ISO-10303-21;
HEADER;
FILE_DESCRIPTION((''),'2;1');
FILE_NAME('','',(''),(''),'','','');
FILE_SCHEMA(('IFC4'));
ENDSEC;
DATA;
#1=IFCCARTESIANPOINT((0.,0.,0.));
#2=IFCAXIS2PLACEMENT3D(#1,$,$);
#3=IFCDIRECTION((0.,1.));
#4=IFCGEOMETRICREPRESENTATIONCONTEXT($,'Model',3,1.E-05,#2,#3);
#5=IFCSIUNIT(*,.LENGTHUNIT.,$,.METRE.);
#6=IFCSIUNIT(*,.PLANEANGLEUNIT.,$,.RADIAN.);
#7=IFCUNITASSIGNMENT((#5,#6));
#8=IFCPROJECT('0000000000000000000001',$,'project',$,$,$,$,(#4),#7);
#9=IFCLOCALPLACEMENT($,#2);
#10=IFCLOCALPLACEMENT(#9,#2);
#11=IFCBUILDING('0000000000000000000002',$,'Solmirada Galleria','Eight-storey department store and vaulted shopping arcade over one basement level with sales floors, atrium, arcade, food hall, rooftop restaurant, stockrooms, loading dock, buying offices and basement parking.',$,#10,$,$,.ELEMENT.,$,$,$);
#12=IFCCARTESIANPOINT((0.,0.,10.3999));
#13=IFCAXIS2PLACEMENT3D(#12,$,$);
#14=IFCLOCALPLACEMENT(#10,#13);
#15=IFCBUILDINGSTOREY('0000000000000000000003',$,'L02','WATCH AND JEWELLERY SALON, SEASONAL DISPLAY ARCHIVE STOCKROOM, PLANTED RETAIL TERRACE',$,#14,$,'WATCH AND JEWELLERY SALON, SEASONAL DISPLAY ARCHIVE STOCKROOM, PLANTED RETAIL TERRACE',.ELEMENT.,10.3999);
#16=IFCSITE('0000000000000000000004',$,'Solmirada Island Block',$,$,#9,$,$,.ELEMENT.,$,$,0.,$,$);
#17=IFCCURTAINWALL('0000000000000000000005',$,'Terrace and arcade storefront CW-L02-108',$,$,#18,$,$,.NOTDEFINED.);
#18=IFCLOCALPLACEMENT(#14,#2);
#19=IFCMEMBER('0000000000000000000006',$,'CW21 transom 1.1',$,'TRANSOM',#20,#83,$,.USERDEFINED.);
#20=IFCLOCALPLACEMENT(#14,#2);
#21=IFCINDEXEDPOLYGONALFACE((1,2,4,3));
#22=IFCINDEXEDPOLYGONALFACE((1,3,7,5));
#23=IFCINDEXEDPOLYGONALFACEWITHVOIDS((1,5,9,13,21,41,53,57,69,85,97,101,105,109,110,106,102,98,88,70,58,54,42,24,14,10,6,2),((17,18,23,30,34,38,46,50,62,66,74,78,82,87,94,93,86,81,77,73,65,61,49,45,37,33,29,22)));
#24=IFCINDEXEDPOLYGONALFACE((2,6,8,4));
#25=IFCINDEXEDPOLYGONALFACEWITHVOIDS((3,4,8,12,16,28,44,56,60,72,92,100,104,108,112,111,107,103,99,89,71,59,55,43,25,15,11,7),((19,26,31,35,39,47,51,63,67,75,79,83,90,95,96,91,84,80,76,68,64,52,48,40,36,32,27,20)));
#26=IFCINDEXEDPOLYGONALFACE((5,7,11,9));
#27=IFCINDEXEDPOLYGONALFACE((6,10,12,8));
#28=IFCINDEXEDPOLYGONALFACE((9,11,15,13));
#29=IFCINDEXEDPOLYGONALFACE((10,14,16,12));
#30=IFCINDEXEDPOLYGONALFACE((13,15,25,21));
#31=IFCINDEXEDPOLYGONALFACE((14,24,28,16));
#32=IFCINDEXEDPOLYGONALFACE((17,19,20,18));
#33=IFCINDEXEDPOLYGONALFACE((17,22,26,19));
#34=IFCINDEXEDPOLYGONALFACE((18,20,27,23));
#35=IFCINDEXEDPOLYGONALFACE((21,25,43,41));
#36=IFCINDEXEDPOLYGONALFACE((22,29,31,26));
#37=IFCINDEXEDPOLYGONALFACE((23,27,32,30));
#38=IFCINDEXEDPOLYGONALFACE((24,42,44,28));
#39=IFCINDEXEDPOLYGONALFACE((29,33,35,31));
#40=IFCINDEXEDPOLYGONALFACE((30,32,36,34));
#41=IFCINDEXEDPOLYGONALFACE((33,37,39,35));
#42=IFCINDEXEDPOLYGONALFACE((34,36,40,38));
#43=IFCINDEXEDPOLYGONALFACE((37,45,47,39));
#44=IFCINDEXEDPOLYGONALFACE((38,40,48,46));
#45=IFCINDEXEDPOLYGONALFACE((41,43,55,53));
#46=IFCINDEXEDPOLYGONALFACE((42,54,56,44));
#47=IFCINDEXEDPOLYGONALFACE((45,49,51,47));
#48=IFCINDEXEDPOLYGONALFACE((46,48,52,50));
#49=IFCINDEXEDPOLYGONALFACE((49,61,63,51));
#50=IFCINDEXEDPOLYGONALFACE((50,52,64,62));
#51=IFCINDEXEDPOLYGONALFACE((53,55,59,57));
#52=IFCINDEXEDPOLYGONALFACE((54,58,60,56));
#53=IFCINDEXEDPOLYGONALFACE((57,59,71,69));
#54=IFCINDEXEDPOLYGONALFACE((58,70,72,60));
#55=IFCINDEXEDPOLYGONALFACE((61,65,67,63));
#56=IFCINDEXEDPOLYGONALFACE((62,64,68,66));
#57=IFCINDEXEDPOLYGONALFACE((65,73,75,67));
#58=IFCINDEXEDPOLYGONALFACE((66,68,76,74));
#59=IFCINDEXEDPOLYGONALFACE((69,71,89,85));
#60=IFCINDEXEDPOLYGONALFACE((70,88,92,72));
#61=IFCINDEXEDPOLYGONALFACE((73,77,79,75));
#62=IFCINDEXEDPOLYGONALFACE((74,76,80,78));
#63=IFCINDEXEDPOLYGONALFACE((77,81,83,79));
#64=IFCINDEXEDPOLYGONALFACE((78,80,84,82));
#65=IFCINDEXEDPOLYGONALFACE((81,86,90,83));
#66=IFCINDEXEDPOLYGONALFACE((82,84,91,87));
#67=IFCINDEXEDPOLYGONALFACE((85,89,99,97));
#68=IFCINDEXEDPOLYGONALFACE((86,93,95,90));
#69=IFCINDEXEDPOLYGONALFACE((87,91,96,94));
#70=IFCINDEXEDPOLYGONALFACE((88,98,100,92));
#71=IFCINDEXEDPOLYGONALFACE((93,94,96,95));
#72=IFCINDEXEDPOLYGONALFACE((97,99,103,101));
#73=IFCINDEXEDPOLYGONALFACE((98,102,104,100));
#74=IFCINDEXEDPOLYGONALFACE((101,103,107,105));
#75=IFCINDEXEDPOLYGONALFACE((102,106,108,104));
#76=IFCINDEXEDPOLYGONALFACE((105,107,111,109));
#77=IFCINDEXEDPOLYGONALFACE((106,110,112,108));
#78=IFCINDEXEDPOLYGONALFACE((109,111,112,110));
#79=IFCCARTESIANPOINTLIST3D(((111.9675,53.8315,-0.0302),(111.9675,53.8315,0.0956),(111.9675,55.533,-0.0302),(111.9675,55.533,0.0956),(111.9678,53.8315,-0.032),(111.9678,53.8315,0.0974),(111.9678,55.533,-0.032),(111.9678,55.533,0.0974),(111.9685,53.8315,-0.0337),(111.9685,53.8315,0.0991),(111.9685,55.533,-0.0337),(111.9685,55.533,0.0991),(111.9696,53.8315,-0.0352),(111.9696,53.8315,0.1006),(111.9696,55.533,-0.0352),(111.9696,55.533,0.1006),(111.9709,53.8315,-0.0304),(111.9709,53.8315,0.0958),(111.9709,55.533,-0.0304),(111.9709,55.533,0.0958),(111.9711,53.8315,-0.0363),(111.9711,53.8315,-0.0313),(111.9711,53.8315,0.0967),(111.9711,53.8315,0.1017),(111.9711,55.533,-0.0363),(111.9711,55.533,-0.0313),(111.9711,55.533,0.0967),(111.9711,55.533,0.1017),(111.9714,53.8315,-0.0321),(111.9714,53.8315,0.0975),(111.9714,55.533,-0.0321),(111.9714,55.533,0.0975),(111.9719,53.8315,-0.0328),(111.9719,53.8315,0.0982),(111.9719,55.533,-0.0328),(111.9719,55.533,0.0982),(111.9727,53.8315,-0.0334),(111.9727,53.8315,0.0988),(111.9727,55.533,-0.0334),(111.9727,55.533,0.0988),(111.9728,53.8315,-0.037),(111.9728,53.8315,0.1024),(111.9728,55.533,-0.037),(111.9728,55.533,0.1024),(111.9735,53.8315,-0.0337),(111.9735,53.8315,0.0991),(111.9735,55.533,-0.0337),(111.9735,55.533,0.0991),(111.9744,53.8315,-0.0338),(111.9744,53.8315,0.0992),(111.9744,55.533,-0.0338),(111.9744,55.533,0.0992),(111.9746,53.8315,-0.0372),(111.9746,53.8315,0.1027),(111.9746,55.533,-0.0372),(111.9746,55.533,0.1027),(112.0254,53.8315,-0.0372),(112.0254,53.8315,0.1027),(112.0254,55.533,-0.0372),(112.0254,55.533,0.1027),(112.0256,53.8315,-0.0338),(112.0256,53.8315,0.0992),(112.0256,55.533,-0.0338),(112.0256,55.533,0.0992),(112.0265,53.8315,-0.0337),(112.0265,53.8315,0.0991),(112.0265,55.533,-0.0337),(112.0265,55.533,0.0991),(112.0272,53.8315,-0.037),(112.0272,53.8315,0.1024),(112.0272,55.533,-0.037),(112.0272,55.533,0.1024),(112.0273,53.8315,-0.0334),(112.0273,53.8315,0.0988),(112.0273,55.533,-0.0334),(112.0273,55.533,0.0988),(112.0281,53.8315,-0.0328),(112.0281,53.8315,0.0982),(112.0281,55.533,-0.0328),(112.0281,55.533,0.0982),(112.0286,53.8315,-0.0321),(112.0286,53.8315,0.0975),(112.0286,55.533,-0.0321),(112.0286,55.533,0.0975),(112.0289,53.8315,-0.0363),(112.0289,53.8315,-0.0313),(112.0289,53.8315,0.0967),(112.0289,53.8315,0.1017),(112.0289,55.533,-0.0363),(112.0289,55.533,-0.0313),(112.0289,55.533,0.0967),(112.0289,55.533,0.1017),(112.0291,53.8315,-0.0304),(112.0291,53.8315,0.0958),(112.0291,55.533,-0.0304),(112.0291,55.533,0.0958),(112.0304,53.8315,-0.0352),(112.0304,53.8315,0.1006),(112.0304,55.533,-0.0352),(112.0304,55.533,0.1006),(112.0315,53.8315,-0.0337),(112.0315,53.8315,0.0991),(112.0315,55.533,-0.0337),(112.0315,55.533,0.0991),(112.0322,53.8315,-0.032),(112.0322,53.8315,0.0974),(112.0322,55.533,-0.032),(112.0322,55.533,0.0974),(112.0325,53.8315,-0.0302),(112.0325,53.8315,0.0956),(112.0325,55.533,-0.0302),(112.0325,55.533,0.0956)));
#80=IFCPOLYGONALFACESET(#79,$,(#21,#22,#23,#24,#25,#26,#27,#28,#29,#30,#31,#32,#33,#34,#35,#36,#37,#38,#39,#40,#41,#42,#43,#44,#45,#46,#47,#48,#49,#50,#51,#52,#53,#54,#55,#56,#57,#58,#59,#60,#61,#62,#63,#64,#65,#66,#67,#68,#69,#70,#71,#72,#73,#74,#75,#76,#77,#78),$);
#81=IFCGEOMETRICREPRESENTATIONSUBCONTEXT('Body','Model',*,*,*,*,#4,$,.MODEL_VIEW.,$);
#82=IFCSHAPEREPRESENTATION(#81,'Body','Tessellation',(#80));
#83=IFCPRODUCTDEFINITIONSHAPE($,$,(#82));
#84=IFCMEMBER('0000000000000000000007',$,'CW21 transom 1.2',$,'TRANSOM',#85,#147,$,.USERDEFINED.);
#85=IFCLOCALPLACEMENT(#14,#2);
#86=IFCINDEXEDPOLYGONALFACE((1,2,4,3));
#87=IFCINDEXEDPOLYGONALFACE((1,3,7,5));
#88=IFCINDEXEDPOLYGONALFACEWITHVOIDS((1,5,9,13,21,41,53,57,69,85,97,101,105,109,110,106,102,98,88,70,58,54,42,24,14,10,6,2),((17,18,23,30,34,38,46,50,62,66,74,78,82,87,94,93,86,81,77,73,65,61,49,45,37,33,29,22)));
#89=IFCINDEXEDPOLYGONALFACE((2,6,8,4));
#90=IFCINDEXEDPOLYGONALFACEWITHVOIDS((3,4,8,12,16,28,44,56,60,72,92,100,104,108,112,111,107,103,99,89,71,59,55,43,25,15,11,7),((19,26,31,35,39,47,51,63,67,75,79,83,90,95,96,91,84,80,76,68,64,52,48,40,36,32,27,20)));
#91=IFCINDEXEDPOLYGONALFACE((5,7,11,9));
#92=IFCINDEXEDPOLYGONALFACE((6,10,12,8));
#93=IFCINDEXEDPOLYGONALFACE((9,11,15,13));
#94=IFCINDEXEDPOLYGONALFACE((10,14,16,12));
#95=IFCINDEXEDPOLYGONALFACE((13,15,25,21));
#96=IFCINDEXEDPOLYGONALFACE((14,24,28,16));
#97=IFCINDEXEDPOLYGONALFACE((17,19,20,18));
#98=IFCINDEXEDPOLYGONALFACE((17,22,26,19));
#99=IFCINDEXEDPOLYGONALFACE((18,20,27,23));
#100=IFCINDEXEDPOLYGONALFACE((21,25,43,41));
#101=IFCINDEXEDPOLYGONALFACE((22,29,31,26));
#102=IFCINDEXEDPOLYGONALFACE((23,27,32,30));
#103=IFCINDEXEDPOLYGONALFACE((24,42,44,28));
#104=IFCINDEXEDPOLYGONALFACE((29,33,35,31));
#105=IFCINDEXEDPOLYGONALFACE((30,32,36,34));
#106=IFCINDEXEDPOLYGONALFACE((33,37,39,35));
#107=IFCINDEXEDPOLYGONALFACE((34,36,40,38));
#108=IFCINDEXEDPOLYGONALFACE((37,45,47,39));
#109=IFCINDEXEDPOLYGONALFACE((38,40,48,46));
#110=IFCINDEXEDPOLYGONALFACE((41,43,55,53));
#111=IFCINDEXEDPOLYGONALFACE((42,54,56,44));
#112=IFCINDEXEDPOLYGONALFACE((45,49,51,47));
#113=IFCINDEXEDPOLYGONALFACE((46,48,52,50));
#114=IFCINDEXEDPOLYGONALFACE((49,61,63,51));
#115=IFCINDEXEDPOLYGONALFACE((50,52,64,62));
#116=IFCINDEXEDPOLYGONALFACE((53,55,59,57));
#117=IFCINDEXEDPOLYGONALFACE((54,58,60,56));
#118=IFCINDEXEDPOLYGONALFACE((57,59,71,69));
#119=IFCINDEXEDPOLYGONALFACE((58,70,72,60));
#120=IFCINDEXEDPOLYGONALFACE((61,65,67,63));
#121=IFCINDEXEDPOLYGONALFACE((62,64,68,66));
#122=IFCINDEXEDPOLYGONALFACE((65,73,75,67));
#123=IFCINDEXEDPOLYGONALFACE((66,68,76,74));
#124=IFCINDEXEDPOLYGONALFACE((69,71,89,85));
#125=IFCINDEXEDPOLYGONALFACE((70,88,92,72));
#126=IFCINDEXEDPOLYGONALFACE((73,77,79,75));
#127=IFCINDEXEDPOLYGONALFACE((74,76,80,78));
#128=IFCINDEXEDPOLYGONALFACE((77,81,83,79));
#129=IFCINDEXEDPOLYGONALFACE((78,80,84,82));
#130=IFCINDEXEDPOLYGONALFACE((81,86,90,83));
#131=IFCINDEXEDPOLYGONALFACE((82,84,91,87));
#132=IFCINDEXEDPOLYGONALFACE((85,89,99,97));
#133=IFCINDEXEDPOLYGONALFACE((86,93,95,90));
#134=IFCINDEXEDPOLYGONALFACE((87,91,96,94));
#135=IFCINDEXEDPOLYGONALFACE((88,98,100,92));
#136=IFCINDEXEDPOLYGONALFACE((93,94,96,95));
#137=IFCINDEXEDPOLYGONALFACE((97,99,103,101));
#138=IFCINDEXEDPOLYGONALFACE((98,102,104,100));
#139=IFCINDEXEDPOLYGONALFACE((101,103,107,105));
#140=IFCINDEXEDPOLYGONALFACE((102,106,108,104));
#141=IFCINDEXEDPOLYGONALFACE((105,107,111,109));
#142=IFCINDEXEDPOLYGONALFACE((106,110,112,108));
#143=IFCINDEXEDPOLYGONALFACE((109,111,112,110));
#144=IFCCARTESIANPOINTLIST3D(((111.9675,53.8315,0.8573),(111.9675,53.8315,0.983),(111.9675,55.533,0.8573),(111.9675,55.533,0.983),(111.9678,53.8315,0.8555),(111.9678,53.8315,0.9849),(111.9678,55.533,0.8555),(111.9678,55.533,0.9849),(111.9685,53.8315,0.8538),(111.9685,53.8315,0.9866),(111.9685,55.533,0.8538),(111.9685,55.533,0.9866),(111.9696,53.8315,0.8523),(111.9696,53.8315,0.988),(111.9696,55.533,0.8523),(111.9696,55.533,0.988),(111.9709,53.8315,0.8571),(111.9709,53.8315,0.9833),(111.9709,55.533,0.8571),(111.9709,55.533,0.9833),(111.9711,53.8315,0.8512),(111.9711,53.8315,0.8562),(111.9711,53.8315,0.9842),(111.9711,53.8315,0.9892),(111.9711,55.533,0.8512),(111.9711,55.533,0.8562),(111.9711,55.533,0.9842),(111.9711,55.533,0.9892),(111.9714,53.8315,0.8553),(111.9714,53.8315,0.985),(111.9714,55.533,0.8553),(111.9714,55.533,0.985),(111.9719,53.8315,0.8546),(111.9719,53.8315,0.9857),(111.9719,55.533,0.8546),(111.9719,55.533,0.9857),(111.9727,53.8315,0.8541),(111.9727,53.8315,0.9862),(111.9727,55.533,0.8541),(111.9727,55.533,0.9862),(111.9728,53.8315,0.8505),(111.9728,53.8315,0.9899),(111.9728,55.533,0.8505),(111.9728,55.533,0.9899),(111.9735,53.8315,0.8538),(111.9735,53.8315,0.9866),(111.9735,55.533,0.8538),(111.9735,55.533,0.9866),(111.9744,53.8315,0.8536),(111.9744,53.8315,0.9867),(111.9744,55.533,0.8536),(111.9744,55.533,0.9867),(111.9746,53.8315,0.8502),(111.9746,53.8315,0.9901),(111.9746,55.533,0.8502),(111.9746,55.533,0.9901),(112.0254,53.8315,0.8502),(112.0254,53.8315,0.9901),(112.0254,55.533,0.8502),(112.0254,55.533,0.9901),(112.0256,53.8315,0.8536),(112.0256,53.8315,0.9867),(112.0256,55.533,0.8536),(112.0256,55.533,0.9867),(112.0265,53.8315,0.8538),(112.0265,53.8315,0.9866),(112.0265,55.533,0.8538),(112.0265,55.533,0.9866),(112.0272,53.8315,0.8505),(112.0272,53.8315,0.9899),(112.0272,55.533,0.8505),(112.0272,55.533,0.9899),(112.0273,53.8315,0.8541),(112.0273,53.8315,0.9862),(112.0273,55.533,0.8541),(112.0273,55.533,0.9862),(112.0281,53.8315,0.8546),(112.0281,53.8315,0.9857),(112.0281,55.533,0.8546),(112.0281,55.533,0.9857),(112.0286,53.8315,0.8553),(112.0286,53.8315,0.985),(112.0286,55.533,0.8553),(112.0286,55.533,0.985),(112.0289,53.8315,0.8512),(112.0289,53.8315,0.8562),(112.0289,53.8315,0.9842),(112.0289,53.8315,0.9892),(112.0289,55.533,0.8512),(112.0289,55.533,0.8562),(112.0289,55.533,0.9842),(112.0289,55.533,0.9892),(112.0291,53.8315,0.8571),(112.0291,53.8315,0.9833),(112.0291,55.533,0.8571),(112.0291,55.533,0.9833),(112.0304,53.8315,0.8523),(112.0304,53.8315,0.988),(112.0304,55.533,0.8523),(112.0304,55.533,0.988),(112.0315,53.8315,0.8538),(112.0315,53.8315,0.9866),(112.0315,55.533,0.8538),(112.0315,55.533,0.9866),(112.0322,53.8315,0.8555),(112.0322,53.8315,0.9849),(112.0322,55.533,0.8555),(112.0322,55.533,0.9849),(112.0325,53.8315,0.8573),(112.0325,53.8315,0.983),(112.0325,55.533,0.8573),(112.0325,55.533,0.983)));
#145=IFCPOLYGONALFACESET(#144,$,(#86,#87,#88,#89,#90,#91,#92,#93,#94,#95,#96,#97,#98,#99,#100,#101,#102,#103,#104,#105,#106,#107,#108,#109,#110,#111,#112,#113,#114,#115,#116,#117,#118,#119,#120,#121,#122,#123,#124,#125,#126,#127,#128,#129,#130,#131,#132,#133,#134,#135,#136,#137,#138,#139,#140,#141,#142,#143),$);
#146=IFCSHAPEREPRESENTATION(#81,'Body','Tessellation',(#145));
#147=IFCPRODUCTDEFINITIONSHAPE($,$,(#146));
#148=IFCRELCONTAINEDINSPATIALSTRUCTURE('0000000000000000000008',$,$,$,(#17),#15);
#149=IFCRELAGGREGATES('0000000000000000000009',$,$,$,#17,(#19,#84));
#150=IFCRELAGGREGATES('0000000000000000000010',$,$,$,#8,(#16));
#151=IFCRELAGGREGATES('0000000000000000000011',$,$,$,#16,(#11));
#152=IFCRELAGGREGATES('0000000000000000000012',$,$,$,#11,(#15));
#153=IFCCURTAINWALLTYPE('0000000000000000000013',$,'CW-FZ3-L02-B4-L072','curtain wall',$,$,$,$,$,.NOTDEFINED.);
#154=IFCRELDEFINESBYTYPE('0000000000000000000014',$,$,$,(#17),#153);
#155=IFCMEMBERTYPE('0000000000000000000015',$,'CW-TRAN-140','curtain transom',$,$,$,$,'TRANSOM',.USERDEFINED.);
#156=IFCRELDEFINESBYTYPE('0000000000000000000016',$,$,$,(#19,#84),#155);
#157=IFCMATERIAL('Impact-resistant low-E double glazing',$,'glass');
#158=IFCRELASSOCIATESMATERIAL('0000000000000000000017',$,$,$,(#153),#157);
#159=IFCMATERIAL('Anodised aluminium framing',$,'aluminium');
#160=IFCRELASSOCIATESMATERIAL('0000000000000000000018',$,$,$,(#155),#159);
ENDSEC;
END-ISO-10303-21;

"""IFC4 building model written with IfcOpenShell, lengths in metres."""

from ifc_helpers import new_model, si_unit, direction, frame, origin, origin_2d, place, context, subcontext, project, spatial, hollow_rectangle, extrude, material, material_profile, profile_set, type_object, element, aggregate, save


model = new_model("IFC4")

# Units and contexts
model_context = context("Model", 3, precision=1e-05, world=origin(), true_north=direction((0.0, 1.0)))
body_context = subcontext(model_context, "Body", "Model", "MODEL_VIEW")
ifc_project = project(units=[si_unit("LENGTHUNIT", "METRE"), si_unit("PLANEANGLEUNIT", "RADIAN")], contexts=[model_context])

# Site, building, storey
site_placement = place(None, origin())
site = spatial("IfcSite", under=ifc_project, at=site_placement, Name="Solmirada Island Block", CompositionType="ELEMENT", RefElevation=0.0)
building_placement = place(site_placement, origin())
building = spatial("IfcBuilding", under=site, at=building_placement, Name="Solmirada Galleria", Description="Eight-storey department store and vaulted shopping arcade over one basement level with sales floors, atrium, arcade, food hall, rooftop restaurant, stockrooms, loading dock, buying offices and basement parking.", CompositionType="ELEMENT")
storey_placement = place(building_placement, frame((0.0, 0.0, 10.3999)))
storey = spatial("IfcBuildingStorey", under=building, at=storey_placement, Name="L02", Description="WATCH AND JEWELLERY SALON, SEASONAL DISPLAY ARCHIVE STOCKROOM, PLANTED RETAIL TERRACE", LongName="WATCH AND JEWELLERY SALON, SEASONAL DISPLAY ARCHIVE STOCKROOM, PLANTED RETAIL TERRACE", CompositionType="ELEMENT", Elevation=10.3999)

# Curtain wall
ifc_material_1 = material(Name="Impact-resistant low-E double glazing", Category="glass")
curtain_wall_type = type_object("IfcCurtainWallType", Name="CW-FZ3-L02-B4-L072", Description="curtain wall", PredefinedType="NOTDEFINED", material=ifc_material_1)
ifc_material_2 = material(Name="Anodised aluminium framing", Category="aluminium")
curtain_wall_1_placement = place(storey_placement, origin())
curtain_wall_1 = element("IfcCurtainWall", 1, at=curtain_wall_1_placement, inside=storey, type_object=curtain_wall_type, Name="Terrace and arcade storefront CW-L02-108", PredefinedType="NOTDEFINED")

# Members
ifc_material_profile_1 = material_profile(ifc_material_2, hollow_rectangle(XDim=0.0649, YDim=0.1399, WallThickness=0.0034, InnerFilletRadius=0.0034, OuterFilletRadius=0.0071, at=origin_2d()), Name="ALU-TRAN-140X65")
ifc_profile_set_1 = profile_set([ifc_material_profile_1], Name="Anodised aluminium framing")
member_type_1 = type_object("IfcMemberType", Name="CW-TRAN-140", Description="curtain transom", ElementType="TRANSOM", PredefinedType="USERDEFINED", material=ifc_profile_set_1)
member_1_placement = place(storey_placement, frame((112.0, 55.533, 0.0327), z_axis=(0.0, -1.0, 0.0), x_axis=(1.0, 0.0, 0.0)))
member_1 = element("IfcMember", 2, at=member_1_placement, type_object=member_type_1, Name="CW21 transom 1.1", ObjectType="TRANSOM", PredefinedType="USERDEFINED", context=body_context, shape_type="SweptSolid", body=[
    extrude(hollow_rectangle(XDim=0.0649, YDim=0.1399, WallThickness=0.0034, InnerFilletRadius=0.0034, OuterFilletRadius=0.0071, at=origin_2d()), origin(), (0.0, 0.0, 1.0), 1.7014),
])
member_2_placement = place(storey_placement, frame((112.0, 55.533, 0.9202), z_axis=(0.0, -1.0, 0.0), x_axis=(1.0, 0.0, 0.0)))
member_2 = element("IfcMember", 3, at=member_2_placement, type_object=member_type_1, Name="CW21 transom 1.2", ObjectType="TRANSOM", PredefinedType="USERDEFINED", context=body_context, shape_type="SweptSolid", body=[
    extrude(hollow_rectangle(XDim=0.0649, YDim=0.1399, WallThickness=0.0034, InnerFilletRadius=0.0034, OuterFilletRadius=0.0071, at=origin_2d()), origin(), (0.0, 0.0, 1.0), 1.7014),
])

aggregate(curtain_wall_1, [member_1, member_2])

save(model, "model.ifc")
